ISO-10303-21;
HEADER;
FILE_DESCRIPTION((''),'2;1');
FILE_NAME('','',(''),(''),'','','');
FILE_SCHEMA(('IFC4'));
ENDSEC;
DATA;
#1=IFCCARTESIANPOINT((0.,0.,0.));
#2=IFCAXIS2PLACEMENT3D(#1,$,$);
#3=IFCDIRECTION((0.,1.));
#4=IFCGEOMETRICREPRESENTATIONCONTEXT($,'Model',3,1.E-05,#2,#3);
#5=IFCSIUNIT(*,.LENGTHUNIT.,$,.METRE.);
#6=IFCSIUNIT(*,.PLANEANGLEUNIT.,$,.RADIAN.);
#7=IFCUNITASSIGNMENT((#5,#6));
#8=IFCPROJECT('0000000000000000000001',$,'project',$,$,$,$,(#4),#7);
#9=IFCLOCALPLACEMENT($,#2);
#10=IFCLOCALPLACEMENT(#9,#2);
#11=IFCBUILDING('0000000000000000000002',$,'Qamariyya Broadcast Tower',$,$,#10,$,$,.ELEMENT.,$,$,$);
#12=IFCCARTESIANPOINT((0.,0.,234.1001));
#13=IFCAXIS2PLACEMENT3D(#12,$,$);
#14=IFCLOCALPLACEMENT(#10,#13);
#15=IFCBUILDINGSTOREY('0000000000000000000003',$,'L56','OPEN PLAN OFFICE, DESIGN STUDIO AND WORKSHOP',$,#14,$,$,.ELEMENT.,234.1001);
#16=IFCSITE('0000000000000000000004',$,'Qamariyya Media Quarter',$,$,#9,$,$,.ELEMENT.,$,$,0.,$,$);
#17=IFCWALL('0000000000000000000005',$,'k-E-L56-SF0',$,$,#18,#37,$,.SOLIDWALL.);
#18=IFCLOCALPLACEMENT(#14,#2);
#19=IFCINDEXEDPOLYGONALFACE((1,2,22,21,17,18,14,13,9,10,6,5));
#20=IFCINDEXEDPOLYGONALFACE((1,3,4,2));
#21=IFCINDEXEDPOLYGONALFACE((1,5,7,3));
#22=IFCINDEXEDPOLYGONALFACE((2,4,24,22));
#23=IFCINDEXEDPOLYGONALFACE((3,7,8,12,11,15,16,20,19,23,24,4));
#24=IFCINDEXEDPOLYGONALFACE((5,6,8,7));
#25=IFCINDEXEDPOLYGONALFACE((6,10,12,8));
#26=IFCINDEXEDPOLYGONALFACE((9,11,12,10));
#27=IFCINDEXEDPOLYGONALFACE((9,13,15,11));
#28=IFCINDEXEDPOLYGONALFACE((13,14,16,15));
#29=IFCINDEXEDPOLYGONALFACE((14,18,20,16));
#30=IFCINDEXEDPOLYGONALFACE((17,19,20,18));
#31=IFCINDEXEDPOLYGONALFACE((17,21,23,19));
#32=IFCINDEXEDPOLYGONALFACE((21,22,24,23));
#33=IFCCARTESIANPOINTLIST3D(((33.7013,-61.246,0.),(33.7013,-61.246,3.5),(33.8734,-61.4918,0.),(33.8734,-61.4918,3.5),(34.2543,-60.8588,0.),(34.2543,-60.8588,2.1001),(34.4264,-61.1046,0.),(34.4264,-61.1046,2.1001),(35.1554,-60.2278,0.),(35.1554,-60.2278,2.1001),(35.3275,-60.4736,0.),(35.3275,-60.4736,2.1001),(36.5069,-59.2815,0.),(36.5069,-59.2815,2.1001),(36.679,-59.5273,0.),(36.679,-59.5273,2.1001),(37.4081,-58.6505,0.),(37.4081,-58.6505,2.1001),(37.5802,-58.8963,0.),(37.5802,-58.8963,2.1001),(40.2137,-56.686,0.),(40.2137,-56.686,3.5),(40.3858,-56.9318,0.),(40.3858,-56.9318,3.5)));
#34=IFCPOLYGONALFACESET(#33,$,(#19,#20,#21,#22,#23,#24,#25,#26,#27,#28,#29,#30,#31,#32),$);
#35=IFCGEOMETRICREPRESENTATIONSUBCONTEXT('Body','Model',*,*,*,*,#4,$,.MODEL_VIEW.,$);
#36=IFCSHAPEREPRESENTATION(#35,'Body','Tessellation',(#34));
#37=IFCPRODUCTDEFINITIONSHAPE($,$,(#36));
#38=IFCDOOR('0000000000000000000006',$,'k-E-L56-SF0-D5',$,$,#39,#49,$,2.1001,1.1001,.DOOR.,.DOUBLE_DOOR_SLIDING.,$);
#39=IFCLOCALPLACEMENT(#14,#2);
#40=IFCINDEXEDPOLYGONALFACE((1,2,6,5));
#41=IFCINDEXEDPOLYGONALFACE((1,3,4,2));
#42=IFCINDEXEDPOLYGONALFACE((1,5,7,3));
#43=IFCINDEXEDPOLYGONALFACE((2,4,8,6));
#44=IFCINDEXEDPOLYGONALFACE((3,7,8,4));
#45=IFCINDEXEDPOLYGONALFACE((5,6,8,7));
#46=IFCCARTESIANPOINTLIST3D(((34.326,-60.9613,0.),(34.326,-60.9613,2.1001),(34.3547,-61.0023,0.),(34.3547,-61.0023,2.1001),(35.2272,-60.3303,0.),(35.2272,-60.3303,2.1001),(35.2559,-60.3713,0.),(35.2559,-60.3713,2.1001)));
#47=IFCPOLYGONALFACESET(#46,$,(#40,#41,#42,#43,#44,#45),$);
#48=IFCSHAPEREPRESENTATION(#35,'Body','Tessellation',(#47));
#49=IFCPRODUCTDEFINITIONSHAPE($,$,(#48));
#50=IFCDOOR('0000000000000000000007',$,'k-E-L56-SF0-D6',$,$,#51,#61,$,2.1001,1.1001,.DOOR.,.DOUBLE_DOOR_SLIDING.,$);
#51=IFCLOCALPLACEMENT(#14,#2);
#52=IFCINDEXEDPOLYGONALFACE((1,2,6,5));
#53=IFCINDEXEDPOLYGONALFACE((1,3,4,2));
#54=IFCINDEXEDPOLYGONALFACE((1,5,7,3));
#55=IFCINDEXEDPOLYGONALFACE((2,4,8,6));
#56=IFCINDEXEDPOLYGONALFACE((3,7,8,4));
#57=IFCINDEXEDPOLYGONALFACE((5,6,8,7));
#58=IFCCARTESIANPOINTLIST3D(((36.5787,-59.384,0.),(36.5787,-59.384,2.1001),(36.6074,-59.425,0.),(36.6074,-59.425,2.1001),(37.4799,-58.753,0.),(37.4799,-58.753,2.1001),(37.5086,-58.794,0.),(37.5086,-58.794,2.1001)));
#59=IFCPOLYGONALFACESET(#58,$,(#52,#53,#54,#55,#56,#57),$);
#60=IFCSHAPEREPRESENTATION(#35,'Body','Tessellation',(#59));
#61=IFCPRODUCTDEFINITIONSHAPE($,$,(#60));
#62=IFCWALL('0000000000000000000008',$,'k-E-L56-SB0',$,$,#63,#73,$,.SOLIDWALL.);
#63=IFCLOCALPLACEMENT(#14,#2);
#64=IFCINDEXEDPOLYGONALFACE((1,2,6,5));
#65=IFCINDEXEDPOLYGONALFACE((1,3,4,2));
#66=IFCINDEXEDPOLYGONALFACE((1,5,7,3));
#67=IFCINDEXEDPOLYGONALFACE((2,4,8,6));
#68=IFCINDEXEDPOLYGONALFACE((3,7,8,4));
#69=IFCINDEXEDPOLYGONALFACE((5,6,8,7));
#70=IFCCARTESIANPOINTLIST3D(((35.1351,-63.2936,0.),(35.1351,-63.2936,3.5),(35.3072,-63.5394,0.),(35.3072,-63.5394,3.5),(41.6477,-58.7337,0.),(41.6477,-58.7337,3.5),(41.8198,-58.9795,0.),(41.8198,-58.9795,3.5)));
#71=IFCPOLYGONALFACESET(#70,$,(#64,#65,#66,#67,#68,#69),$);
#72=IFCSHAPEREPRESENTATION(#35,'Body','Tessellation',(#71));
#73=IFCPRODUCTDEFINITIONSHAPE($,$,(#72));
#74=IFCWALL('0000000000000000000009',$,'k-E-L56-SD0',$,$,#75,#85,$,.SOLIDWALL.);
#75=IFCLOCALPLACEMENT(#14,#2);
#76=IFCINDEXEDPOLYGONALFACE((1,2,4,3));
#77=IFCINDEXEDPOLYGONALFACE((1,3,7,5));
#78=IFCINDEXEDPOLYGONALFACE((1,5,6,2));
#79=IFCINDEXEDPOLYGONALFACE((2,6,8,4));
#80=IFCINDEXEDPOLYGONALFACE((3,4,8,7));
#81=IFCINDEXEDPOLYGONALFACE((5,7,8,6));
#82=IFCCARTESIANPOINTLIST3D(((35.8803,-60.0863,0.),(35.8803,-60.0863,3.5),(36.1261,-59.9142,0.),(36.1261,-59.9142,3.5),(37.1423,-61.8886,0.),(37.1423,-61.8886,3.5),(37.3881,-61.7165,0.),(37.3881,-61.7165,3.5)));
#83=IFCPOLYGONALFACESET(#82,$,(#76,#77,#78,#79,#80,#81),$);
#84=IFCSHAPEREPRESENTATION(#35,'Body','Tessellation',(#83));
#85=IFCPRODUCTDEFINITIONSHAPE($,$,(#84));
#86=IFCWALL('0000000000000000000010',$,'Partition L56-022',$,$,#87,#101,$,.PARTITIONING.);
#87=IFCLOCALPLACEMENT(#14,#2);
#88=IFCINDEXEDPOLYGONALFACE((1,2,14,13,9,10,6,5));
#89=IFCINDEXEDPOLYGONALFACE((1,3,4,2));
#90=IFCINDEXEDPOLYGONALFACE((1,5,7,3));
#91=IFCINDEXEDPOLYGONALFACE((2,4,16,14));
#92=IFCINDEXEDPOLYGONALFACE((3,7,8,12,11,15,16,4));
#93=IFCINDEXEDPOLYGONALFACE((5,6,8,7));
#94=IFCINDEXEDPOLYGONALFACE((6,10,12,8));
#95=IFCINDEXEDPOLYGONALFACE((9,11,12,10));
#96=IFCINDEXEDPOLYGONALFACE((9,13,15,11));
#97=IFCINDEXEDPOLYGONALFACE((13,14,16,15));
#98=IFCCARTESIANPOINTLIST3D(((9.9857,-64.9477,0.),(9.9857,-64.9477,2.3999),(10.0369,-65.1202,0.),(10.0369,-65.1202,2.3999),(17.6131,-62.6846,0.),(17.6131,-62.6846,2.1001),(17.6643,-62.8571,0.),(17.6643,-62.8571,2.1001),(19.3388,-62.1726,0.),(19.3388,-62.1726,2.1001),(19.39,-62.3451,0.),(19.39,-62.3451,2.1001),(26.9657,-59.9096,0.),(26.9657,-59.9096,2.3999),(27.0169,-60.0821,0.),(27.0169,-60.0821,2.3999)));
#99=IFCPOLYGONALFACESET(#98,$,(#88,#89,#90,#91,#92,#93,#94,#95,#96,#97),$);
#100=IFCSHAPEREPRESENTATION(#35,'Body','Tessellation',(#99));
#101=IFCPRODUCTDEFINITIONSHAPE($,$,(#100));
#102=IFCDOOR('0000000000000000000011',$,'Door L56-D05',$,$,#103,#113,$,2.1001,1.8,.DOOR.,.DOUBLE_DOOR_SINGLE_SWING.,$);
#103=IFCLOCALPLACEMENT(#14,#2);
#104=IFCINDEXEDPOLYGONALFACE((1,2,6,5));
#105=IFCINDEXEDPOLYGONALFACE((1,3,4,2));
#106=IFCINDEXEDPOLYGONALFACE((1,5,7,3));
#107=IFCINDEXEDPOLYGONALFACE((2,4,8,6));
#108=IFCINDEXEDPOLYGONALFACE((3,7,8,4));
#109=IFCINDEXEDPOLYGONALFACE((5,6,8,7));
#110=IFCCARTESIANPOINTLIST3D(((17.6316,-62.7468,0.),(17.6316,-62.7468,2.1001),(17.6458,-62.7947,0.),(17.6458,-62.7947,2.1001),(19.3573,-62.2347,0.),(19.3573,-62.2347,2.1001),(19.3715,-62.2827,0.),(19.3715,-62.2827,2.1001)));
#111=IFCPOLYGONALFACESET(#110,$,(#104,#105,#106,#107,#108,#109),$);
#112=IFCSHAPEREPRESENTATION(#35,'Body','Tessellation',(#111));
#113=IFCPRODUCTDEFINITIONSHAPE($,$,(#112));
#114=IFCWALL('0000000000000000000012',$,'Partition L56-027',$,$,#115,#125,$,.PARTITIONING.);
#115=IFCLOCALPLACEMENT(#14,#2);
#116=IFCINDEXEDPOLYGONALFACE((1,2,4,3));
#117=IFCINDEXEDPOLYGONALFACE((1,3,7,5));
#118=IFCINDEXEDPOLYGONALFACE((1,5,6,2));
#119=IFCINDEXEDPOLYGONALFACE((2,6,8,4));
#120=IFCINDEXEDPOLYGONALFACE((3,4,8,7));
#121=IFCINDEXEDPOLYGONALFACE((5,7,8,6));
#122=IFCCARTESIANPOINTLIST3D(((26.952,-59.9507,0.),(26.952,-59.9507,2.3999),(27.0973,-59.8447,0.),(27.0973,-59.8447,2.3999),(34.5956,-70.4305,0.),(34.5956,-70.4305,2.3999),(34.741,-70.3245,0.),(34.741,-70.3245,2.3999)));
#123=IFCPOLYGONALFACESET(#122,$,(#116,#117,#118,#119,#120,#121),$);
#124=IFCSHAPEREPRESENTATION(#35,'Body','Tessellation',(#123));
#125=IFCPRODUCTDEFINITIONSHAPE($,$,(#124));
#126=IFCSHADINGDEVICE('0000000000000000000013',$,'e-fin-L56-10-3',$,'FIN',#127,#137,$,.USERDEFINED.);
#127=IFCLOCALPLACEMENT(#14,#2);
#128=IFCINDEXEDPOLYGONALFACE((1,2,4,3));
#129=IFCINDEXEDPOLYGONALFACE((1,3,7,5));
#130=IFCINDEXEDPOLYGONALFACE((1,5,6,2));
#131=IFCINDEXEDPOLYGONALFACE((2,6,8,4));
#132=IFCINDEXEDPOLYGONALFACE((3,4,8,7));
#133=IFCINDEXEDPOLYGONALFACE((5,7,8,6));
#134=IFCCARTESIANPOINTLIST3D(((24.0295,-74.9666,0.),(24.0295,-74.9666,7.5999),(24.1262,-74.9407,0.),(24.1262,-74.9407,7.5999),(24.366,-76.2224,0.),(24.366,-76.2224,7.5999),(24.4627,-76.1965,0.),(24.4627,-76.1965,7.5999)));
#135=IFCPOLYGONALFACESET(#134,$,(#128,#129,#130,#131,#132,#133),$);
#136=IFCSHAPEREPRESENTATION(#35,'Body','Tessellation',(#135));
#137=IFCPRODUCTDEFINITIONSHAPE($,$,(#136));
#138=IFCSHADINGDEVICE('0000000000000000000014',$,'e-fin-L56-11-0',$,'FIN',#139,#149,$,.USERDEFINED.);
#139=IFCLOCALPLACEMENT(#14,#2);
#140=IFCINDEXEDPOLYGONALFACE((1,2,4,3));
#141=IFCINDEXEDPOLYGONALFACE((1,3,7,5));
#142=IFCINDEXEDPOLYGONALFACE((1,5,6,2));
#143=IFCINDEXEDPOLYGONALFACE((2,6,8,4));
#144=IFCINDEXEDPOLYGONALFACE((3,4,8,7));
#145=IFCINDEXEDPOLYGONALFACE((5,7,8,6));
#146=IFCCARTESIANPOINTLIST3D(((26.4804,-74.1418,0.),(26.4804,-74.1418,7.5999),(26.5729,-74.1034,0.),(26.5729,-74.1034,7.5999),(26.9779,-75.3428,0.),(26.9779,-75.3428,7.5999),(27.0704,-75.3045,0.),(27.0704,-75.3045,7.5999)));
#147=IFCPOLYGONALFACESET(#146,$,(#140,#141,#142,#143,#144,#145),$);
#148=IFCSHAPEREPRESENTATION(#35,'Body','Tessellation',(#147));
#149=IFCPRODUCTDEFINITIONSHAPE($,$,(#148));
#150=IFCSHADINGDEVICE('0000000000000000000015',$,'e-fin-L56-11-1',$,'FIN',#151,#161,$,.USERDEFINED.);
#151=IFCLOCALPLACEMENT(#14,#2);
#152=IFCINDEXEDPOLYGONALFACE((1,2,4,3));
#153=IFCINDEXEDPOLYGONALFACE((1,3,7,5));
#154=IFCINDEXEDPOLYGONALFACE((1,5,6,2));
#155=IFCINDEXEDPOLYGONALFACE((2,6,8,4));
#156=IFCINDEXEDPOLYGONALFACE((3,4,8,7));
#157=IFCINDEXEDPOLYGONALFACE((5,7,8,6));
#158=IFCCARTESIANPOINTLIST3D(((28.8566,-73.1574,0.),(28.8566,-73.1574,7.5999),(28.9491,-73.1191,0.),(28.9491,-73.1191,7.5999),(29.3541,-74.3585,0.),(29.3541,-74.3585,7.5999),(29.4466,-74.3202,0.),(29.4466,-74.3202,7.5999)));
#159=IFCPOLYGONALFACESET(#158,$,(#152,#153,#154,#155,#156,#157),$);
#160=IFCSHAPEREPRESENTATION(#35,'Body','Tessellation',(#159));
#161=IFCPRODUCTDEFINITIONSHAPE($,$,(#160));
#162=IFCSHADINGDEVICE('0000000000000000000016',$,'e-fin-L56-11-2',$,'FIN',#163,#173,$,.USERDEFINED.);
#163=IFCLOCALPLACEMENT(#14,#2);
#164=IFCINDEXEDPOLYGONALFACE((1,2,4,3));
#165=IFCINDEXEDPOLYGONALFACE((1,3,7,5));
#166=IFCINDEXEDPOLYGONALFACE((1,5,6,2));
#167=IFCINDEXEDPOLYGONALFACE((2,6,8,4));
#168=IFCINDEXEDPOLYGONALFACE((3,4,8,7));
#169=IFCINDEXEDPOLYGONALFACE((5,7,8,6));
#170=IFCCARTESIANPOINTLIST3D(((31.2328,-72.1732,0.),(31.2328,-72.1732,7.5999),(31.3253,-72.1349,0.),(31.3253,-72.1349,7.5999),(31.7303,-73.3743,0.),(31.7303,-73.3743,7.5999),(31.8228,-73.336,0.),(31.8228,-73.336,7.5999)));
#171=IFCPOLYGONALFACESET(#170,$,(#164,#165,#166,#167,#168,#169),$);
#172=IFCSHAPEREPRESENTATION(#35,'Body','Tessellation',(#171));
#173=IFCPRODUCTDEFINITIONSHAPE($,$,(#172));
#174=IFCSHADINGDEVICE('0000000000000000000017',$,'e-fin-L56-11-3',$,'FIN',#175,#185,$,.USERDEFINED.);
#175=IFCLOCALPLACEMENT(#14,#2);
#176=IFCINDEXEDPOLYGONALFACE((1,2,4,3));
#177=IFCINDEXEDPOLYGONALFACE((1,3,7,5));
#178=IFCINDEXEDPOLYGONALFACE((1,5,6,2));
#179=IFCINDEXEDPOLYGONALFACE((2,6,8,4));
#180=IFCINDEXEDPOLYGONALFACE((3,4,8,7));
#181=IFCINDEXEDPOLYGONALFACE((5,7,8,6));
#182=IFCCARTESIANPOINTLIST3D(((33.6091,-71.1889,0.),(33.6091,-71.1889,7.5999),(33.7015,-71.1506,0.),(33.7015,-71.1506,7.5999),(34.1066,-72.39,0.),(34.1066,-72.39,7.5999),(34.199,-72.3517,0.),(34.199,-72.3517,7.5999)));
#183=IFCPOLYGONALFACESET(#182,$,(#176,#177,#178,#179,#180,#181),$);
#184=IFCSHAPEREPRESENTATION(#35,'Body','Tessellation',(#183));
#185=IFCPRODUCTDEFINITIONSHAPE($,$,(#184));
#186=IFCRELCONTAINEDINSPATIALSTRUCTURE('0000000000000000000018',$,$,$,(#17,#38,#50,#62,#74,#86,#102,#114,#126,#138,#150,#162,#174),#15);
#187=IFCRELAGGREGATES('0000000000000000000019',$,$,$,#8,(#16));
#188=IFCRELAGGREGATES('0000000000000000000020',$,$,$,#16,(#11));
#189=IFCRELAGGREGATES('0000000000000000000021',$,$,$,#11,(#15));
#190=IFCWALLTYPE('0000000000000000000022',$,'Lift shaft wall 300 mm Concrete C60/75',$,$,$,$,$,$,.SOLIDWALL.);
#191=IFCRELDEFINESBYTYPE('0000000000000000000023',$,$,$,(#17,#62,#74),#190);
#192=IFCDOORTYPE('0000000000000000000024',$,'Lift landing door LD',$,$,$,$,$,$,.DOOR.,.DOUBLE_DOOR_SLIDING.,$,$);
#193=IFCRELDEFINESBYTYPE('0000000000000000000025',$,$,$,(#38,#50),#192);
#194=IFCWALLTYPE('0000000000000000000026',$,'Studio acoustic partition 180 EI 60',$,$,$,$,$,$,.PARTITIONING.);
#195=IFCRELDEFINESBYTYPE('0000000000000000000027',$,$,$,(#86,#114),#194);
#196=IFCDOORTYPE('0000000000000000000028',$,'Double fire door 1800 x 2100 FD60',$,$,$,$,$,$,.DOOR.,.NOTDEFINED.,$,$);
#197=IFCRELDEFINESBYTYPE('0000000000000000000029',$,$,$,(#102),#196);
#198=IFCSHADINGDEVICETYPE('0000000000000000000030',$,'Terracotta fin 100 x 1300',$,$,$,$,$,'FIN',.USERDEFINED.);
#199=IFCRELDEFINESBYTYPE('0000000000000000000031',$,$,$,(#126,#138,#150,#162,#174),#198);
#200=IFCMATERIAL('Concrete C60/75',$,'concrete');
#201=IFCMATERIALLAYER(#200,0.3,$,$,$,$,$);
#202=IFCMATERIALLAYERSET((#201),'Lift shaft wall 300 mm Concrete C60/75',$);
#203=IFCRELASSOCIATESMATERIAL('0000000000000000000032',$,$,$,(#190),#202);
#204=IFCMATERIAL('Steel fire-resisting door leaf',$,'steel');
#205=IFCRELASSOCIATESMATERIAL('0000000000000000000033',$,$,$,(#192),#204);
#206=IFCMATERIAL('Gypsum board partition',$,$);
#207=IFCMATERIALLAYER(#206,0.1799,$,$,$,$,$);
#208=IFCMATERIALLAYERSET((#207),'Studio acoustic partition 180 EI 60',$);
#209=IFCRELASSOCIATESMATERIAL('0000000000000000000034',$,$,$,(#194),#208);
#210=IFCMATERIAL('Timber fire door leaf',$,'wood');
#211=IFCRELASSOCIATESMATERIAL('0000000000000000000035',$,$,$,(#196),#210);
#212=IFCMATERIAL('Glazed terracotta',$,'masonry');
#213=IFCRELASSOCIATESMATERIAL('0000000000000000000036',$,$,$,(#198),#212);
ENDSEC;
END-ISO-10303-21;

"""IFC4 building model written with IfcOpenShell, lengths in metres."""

from ifc_helpers import new_model, si_unit, direction, frame, frame_2d, origin, origin_2d, place, context, subcontext, project, spatial, rectangle, extrude, material, layer, layer_set, material_profile, profile_set, type_object, element, fill, save


model = new_model("IFC4")

# Units and contexts
model_context = context("Model", 3, precision=1e-05, world=origin(), true_north=direction((0.0, 1.0)))
body_context = subcontext(model_context, "Body", "Model", "MODEL_VIEW")
ifc_project = project(units=[si_unit("LENGTHUNIT", "METRE"), si_unit("PLANEANGLEUNIT", "RADIAN")], contexts=[model_context])

# Site, building, storey
site_placement = place(None, origin())
site = spatial("IfcSite", under=ifc_project, at=site_placement, Name="Qamariyya Media Quarter", CompositionType="ELEMENT", RefElevation=0.0)
building_placement = place(site_placement, origin())
building = spatial("IfcBuilding", under=site, at=building_placement, Name="Qamariyya Broadcast Tower", CompositionType="ELEMENT")
storey_placement = place(building_placement, frame((0.0, 0.0, 234.1001)))
storey = spatial("IfcBuildingStorey", under=building, at=storey_placement, Name="L56", Description="OPEN PLAN OFFICE, DESIGN STUDIO AND WORKSHOP", CompositionType="ELEMENT", Elevation=234.1001)

# Shared definitions
ifc_material_1 = material(Name="Concrete C60/75", Category="concrete")

# Shared definitions
ifc_material_2 = material(Name="Steel fire-resisting door leaf", Category="steel")

# Wall, openings, doors
ifc_layer_1 = layer(ifc_material_1, 0.3)
ifc_layer_set_1 = layer_set([ifc_layer_1], Name="Lift shaft wall 300 mm Concrete C60/75")
wall_type_1 = type_object("IfcWallType", Name="Lift shaft wall 300 mm Concrete C60/75", PredefinedType="SOLIDWALL", material=ifc_layer_set_1)
wall_1_placement = place(storey_placement, frame((33.7874, -61.3689, 0.0), z_axis=(0.0, 0.0, 1.0), x_axis=(0.819153, 0.573576, 0.0)))
wall_1 = element("IfcWall", 1, at=wall_1_placement, inside=storey, type_object=wall_type_1, Name="k-E-L56-SF0", PredefinedType="SOLIDWALL", context=body_context, shape_type="SweptSolid", body=[
    extrude(rectangle(XDim=7.9502, YDim=0.3, at=frame_2d((3.9751, 0.0))), origin(), (0.0, 0.0, 1.0), 3.5),
])
opening_1_placement = place(wall_1_placement, frame((0.675, 0.0, 0.0)))
opening_1 = element("IfcOpeningElement", 2, at=opening_1_placement, cuts=wall_1, PredefinedType="OPENING", context=body_context, shape_type="SweptSolid", body=[
    extrude(rectangle(XDim=1.1001, YDim=2.1001, at=frame_2d((0.55, 1.05))), frame((0.0, 0.1599, 0.0), z_axis=(0.0, -1.0, 0.0), x_axis=(1.0, 0.0, 0.0)), (0.0, 0.0, 1.0), 0.3201),
])
opening_2_placement = place(wall_1_placement, frame((3.425, 0.0, 0.0)))
opening_2 = element("IfcOpeningElement", 3, at=opening_2_placement, cuts=wall_1, PredefinedType="OPENING", context=body_context, shape_type="SweptSolid", body=[
    extrude(rectangle(XDim=1.1001, YDim=2.1001, at=frame_2d((0.55, 1.05))), frame((0.0, 0.1599, 0.0), z_axis=(0.0, -1.0, 0.0), x_axis=(1.0, 0.0, 0.0)), (0.0, 0.0, 1.0), 0.3201),
])
door_type_1 = type_object("IfcDoorType", Name="Lift landing door LD", OperationType="DOUBLE_DOOR_SLIDING", PredefinedType="DOOR", material=ifc_material_2)
door_1_placement = place(opening_1_placement, origin())
door_1 = element("IfcDoor", 4, at=door_1_placement, inside=storey, type_object=door_type_1, Name="k-E-L56-SF0-D5", OperationType="DOUBLE_DOOR_SLIDING", OverallHeight=2.1001, OverallWidth=1.1001, PredefinedType="DOOR", context=body_context, shape_type="SweptSolid", body=[
    extrude(rectangle(XDim=1.1001, YDim=2.1001, at=frame_2d((0.55, 1.05))), frame((0.0, 0.0249, 0.0), z_axis=(0.0, -1.0, 0.0), x_axis=(1.0, 0.0, 0.0)), (0.0, 0.0, 1.0), 0.05),
])
fill(opening_1, door_1)
door_2_placement = place(opening_2_placement, origin())
door_2 = element("IfcDoor", 5, at=door_2_placement, inside=storey, type_object=door_type_1, Name="k-E-L56-SF0-D6", OperationType="DOUBLE_DOOR_SLIDING", OverallHeight=2.1001, OverallWidth=1.1001, PredefinedType="DOOR", context=body_context, shape_type="SweptSolid", body=[
    extrude(rectangle(XDim=1.1001, YDim=2.1001, at=frame_2d((0.55, 1.05))), frame((0.0, 0.0249, 0.0), z_axis=(0.0, -1.0, 0.0), x_axis=(1.0, 0.0, 0.0)), (0.0, 0.0, 1.0), 0.05),
])
fill(opening_2, door_2)

# Walls
wall_2_placement = place(storey_placement, frame((35.2212, -63.4165, 0.0), z_axis=(0.0, 0.0, 1.0), x_axis=(0.819167, 0.573555, 0.0)))
element("IfcWall", 6, at=wall_2_placement, inside=storey, type_object=wall_type_1, Name="k-E-L56-SB0", PredefinedType="SOLIDWALL", context=body_context, shape_type="SweptSolid", body=[
    extrude(rectangle(XDim=7.9502, YDim=0.3, at=frame_2d((3.9751, 0.0))), origin(), (0.0, 0.0, 1.0), 3.5),
])
wall_3_placement = place(storey_placement, frame((36.0032, -60.0002, 0.0), z_axis=(0.0, 0.0, 1.0), x_axis=(0.573581, -0.819149, 0.0)))
element("IfcWall", 7, at=wall_3_placement, inside=storey, type_object=wall_type_1, Name="k-E-L56-SD0", PredefinedType="SOLIDWALL", context=body_context, shape_type="SweptSolid", body=[
    extrude(rectangle(XDim=2.2002, YDim=0.3, at=frame_2d((1.1001, 0.0))), origin(), (0.0, 0.0, 1.0), 3.5),
])

# Wall, opening, door
ifc_material_3 = material(Name="Gypsum board partition")
ifc_layer_2 = layer(ifc_material_3, 0.1799)
ifc_layer_set_2 = layer_set([ifc_layer_2], Name="Studio acoustic partition 180 EI 60")
wall_type_2 = type_object("IfcWallType", Name="Studio acoustic partition 180 EI 60", PredefinedType="PARTITIONING", material=ifc_layer_set_2)
wall_4_placement = place(storey_placement, frame((26.9915, -59.9958, 0.0), z_axis=(0.0, 0.0, 1.0), x_axis=(-0.958691, -0.284451, 0.0)))
wall_4 = element("IfcWall", 8, at=wall_4_placement, inside=storey, type_object=wall_type_2, Name="Partition L56-022", PredefinedType="PARTITIONING", context=body_context, shape_type="SweptSolid", body=[
    extrude(rectangle(XDim=17.7117, YDim=0.1799, at=frame_2d((8.856, 0.0))), origin(), (0.0, 0.0, 1.0), 2.3999),
])
opening_3_placement = place(wall_4_placement, frame((7.9558, 0.0, 0.0)))
opening_3 = element("IfcOpeningElement", 9, at=opening_3_placement, cuts=wall_4, PredefinedType="OPENING", context=body_context, shape_type="SweptSolid", body=[
    extrude(rectangle(XDim=1.8, YDim=2.1001, at=frame_2d((0.8999, 1.05))), frame((0.0, 0.0999, 0.0), z_axis=(0.0, -1.0, 0.0), x_axis=(1.0, 0.0, 0.0)), (0.0, 0.0, 1.0), 0.2),
])
ifc_material_4 = material(Name="Timber fire door leaf", Category="wood")
door_type_2 = type_object("IfcDoorType", Name="Double fire door 1800 x 2100 FD60", OperationType="NOTDEFINED", PredefinedType="DOOR", material=ifc_material_4)
door_3_placement = place(opening_3_placement, origin())
door_3 = element("IfcDoor", 10, at=door_3_placement, inside=storey, type_object=door_type_2, Name="Door L56-D05", OperationType="DOUBLE_DOOR_SINGLE_SWING", OverallHeight=2.1001, OverallWidth=1.8, PredefinedType="DOOR", context=body_context, shape_type="SweptSolid", body=[
    extrude(rectangle(XDim=1.8, YDim=2.1001, at=frame_2d((0.8999, 1.05))), frame((0.0, 0.0249, 0.0), z_axis=(0.0, -1.0, 0.0), x_axis=(1.0, 0.0, 0.0)), (0.0, 0.0, 1.0), 0.05),
])
fill(opening_3, door_3)

# Wall
wall_5_placement = place(storey_placement, frame((27.0247, -59.8977, 0.0), z_axis=(0.0, 0.0, 1.0), x_axis=(0.589277, -0.807931, 0.0)))
element("IfcWall", 11, at=wall_5_placement, inside=storey, type_object=wall_type_2, Name="Partition L56-027", PredefinedType="PARTITIONING", context=body_context, shape_type="SweptSolid", body=[
    extrude(rectangle(XDim=12.9712, YDim=0.1799, at=frame_2d((6.4856, 0.0))), origin(), (0.0, 0.0, 1.0), 2.3999),
])

# Shading devices
ifc_material_5 = material(Name="Glazed terracotta", Category="masonry")
ifc_material_profile_1 = material_profile(ifc_material_5, rectangle(XDim=1.3, YDim=0.1001, at=origin_2d()))
ifc_profile_set_1 = profile_set([ifc_material_profile_1], Name="Glazed terracotta")
shading_device_type_1 = type_object("IfcShadingDeviceType", Name="Terracotta fin 100 x 1300", ElementType="FIN", PredefinedType="USERDEFINED", material=ifc_profile_set_1)
for number, where, z_axis, x_axis, name in (
    (12, (24.2461, -75.5815, 0.0), (0.0, 0.0, 1.0), (0.258819, -0.965926, 0.0), "e-fin-L56-10-3"),
    (13, (26.7754, -74.7231, 0.0), (0.0, 0.0, 1.0), (0.382683, -0.92388, 0.0), "e-fin-L56-11-0"),
    (14, (29.1516, -73.7388, 0.0), (0.0, 0.0, 1.0), (0.382683, -0.92388, 0.0), "e-fin-L56-11-1"),
    (15, (31.5278, -72.7546, 0.0), (0.0, 0.0, 1.0), (0.382683, -0.92388, 0.0), "e-fin-L56-11-2"),
    (16, (33.9041, -71.7703, 0.0), (0.0, 0.0, 1.0), (0.382683, -0.92388, 0.0), "e-fin-L56-11-3"),
):
    element("IfcShadingDevice", number, at=place(storey_placement, frame(where, z_axis=z_axis, x_axis=x_axis)), inside=storey, type_object=shading_device_type_1, Name=name, ObjectType="FIN", PredefinedType="USERDEFINED", context=body_context, shape_type="SweptSolid", body=[
        extrude(rectangle(XDim=1.3, YDim=0.1001, at=origin_2d()), origin(), (0.0, 0.0, 1.0), 7.5999),
    ])

save(model, "model.ifc")
